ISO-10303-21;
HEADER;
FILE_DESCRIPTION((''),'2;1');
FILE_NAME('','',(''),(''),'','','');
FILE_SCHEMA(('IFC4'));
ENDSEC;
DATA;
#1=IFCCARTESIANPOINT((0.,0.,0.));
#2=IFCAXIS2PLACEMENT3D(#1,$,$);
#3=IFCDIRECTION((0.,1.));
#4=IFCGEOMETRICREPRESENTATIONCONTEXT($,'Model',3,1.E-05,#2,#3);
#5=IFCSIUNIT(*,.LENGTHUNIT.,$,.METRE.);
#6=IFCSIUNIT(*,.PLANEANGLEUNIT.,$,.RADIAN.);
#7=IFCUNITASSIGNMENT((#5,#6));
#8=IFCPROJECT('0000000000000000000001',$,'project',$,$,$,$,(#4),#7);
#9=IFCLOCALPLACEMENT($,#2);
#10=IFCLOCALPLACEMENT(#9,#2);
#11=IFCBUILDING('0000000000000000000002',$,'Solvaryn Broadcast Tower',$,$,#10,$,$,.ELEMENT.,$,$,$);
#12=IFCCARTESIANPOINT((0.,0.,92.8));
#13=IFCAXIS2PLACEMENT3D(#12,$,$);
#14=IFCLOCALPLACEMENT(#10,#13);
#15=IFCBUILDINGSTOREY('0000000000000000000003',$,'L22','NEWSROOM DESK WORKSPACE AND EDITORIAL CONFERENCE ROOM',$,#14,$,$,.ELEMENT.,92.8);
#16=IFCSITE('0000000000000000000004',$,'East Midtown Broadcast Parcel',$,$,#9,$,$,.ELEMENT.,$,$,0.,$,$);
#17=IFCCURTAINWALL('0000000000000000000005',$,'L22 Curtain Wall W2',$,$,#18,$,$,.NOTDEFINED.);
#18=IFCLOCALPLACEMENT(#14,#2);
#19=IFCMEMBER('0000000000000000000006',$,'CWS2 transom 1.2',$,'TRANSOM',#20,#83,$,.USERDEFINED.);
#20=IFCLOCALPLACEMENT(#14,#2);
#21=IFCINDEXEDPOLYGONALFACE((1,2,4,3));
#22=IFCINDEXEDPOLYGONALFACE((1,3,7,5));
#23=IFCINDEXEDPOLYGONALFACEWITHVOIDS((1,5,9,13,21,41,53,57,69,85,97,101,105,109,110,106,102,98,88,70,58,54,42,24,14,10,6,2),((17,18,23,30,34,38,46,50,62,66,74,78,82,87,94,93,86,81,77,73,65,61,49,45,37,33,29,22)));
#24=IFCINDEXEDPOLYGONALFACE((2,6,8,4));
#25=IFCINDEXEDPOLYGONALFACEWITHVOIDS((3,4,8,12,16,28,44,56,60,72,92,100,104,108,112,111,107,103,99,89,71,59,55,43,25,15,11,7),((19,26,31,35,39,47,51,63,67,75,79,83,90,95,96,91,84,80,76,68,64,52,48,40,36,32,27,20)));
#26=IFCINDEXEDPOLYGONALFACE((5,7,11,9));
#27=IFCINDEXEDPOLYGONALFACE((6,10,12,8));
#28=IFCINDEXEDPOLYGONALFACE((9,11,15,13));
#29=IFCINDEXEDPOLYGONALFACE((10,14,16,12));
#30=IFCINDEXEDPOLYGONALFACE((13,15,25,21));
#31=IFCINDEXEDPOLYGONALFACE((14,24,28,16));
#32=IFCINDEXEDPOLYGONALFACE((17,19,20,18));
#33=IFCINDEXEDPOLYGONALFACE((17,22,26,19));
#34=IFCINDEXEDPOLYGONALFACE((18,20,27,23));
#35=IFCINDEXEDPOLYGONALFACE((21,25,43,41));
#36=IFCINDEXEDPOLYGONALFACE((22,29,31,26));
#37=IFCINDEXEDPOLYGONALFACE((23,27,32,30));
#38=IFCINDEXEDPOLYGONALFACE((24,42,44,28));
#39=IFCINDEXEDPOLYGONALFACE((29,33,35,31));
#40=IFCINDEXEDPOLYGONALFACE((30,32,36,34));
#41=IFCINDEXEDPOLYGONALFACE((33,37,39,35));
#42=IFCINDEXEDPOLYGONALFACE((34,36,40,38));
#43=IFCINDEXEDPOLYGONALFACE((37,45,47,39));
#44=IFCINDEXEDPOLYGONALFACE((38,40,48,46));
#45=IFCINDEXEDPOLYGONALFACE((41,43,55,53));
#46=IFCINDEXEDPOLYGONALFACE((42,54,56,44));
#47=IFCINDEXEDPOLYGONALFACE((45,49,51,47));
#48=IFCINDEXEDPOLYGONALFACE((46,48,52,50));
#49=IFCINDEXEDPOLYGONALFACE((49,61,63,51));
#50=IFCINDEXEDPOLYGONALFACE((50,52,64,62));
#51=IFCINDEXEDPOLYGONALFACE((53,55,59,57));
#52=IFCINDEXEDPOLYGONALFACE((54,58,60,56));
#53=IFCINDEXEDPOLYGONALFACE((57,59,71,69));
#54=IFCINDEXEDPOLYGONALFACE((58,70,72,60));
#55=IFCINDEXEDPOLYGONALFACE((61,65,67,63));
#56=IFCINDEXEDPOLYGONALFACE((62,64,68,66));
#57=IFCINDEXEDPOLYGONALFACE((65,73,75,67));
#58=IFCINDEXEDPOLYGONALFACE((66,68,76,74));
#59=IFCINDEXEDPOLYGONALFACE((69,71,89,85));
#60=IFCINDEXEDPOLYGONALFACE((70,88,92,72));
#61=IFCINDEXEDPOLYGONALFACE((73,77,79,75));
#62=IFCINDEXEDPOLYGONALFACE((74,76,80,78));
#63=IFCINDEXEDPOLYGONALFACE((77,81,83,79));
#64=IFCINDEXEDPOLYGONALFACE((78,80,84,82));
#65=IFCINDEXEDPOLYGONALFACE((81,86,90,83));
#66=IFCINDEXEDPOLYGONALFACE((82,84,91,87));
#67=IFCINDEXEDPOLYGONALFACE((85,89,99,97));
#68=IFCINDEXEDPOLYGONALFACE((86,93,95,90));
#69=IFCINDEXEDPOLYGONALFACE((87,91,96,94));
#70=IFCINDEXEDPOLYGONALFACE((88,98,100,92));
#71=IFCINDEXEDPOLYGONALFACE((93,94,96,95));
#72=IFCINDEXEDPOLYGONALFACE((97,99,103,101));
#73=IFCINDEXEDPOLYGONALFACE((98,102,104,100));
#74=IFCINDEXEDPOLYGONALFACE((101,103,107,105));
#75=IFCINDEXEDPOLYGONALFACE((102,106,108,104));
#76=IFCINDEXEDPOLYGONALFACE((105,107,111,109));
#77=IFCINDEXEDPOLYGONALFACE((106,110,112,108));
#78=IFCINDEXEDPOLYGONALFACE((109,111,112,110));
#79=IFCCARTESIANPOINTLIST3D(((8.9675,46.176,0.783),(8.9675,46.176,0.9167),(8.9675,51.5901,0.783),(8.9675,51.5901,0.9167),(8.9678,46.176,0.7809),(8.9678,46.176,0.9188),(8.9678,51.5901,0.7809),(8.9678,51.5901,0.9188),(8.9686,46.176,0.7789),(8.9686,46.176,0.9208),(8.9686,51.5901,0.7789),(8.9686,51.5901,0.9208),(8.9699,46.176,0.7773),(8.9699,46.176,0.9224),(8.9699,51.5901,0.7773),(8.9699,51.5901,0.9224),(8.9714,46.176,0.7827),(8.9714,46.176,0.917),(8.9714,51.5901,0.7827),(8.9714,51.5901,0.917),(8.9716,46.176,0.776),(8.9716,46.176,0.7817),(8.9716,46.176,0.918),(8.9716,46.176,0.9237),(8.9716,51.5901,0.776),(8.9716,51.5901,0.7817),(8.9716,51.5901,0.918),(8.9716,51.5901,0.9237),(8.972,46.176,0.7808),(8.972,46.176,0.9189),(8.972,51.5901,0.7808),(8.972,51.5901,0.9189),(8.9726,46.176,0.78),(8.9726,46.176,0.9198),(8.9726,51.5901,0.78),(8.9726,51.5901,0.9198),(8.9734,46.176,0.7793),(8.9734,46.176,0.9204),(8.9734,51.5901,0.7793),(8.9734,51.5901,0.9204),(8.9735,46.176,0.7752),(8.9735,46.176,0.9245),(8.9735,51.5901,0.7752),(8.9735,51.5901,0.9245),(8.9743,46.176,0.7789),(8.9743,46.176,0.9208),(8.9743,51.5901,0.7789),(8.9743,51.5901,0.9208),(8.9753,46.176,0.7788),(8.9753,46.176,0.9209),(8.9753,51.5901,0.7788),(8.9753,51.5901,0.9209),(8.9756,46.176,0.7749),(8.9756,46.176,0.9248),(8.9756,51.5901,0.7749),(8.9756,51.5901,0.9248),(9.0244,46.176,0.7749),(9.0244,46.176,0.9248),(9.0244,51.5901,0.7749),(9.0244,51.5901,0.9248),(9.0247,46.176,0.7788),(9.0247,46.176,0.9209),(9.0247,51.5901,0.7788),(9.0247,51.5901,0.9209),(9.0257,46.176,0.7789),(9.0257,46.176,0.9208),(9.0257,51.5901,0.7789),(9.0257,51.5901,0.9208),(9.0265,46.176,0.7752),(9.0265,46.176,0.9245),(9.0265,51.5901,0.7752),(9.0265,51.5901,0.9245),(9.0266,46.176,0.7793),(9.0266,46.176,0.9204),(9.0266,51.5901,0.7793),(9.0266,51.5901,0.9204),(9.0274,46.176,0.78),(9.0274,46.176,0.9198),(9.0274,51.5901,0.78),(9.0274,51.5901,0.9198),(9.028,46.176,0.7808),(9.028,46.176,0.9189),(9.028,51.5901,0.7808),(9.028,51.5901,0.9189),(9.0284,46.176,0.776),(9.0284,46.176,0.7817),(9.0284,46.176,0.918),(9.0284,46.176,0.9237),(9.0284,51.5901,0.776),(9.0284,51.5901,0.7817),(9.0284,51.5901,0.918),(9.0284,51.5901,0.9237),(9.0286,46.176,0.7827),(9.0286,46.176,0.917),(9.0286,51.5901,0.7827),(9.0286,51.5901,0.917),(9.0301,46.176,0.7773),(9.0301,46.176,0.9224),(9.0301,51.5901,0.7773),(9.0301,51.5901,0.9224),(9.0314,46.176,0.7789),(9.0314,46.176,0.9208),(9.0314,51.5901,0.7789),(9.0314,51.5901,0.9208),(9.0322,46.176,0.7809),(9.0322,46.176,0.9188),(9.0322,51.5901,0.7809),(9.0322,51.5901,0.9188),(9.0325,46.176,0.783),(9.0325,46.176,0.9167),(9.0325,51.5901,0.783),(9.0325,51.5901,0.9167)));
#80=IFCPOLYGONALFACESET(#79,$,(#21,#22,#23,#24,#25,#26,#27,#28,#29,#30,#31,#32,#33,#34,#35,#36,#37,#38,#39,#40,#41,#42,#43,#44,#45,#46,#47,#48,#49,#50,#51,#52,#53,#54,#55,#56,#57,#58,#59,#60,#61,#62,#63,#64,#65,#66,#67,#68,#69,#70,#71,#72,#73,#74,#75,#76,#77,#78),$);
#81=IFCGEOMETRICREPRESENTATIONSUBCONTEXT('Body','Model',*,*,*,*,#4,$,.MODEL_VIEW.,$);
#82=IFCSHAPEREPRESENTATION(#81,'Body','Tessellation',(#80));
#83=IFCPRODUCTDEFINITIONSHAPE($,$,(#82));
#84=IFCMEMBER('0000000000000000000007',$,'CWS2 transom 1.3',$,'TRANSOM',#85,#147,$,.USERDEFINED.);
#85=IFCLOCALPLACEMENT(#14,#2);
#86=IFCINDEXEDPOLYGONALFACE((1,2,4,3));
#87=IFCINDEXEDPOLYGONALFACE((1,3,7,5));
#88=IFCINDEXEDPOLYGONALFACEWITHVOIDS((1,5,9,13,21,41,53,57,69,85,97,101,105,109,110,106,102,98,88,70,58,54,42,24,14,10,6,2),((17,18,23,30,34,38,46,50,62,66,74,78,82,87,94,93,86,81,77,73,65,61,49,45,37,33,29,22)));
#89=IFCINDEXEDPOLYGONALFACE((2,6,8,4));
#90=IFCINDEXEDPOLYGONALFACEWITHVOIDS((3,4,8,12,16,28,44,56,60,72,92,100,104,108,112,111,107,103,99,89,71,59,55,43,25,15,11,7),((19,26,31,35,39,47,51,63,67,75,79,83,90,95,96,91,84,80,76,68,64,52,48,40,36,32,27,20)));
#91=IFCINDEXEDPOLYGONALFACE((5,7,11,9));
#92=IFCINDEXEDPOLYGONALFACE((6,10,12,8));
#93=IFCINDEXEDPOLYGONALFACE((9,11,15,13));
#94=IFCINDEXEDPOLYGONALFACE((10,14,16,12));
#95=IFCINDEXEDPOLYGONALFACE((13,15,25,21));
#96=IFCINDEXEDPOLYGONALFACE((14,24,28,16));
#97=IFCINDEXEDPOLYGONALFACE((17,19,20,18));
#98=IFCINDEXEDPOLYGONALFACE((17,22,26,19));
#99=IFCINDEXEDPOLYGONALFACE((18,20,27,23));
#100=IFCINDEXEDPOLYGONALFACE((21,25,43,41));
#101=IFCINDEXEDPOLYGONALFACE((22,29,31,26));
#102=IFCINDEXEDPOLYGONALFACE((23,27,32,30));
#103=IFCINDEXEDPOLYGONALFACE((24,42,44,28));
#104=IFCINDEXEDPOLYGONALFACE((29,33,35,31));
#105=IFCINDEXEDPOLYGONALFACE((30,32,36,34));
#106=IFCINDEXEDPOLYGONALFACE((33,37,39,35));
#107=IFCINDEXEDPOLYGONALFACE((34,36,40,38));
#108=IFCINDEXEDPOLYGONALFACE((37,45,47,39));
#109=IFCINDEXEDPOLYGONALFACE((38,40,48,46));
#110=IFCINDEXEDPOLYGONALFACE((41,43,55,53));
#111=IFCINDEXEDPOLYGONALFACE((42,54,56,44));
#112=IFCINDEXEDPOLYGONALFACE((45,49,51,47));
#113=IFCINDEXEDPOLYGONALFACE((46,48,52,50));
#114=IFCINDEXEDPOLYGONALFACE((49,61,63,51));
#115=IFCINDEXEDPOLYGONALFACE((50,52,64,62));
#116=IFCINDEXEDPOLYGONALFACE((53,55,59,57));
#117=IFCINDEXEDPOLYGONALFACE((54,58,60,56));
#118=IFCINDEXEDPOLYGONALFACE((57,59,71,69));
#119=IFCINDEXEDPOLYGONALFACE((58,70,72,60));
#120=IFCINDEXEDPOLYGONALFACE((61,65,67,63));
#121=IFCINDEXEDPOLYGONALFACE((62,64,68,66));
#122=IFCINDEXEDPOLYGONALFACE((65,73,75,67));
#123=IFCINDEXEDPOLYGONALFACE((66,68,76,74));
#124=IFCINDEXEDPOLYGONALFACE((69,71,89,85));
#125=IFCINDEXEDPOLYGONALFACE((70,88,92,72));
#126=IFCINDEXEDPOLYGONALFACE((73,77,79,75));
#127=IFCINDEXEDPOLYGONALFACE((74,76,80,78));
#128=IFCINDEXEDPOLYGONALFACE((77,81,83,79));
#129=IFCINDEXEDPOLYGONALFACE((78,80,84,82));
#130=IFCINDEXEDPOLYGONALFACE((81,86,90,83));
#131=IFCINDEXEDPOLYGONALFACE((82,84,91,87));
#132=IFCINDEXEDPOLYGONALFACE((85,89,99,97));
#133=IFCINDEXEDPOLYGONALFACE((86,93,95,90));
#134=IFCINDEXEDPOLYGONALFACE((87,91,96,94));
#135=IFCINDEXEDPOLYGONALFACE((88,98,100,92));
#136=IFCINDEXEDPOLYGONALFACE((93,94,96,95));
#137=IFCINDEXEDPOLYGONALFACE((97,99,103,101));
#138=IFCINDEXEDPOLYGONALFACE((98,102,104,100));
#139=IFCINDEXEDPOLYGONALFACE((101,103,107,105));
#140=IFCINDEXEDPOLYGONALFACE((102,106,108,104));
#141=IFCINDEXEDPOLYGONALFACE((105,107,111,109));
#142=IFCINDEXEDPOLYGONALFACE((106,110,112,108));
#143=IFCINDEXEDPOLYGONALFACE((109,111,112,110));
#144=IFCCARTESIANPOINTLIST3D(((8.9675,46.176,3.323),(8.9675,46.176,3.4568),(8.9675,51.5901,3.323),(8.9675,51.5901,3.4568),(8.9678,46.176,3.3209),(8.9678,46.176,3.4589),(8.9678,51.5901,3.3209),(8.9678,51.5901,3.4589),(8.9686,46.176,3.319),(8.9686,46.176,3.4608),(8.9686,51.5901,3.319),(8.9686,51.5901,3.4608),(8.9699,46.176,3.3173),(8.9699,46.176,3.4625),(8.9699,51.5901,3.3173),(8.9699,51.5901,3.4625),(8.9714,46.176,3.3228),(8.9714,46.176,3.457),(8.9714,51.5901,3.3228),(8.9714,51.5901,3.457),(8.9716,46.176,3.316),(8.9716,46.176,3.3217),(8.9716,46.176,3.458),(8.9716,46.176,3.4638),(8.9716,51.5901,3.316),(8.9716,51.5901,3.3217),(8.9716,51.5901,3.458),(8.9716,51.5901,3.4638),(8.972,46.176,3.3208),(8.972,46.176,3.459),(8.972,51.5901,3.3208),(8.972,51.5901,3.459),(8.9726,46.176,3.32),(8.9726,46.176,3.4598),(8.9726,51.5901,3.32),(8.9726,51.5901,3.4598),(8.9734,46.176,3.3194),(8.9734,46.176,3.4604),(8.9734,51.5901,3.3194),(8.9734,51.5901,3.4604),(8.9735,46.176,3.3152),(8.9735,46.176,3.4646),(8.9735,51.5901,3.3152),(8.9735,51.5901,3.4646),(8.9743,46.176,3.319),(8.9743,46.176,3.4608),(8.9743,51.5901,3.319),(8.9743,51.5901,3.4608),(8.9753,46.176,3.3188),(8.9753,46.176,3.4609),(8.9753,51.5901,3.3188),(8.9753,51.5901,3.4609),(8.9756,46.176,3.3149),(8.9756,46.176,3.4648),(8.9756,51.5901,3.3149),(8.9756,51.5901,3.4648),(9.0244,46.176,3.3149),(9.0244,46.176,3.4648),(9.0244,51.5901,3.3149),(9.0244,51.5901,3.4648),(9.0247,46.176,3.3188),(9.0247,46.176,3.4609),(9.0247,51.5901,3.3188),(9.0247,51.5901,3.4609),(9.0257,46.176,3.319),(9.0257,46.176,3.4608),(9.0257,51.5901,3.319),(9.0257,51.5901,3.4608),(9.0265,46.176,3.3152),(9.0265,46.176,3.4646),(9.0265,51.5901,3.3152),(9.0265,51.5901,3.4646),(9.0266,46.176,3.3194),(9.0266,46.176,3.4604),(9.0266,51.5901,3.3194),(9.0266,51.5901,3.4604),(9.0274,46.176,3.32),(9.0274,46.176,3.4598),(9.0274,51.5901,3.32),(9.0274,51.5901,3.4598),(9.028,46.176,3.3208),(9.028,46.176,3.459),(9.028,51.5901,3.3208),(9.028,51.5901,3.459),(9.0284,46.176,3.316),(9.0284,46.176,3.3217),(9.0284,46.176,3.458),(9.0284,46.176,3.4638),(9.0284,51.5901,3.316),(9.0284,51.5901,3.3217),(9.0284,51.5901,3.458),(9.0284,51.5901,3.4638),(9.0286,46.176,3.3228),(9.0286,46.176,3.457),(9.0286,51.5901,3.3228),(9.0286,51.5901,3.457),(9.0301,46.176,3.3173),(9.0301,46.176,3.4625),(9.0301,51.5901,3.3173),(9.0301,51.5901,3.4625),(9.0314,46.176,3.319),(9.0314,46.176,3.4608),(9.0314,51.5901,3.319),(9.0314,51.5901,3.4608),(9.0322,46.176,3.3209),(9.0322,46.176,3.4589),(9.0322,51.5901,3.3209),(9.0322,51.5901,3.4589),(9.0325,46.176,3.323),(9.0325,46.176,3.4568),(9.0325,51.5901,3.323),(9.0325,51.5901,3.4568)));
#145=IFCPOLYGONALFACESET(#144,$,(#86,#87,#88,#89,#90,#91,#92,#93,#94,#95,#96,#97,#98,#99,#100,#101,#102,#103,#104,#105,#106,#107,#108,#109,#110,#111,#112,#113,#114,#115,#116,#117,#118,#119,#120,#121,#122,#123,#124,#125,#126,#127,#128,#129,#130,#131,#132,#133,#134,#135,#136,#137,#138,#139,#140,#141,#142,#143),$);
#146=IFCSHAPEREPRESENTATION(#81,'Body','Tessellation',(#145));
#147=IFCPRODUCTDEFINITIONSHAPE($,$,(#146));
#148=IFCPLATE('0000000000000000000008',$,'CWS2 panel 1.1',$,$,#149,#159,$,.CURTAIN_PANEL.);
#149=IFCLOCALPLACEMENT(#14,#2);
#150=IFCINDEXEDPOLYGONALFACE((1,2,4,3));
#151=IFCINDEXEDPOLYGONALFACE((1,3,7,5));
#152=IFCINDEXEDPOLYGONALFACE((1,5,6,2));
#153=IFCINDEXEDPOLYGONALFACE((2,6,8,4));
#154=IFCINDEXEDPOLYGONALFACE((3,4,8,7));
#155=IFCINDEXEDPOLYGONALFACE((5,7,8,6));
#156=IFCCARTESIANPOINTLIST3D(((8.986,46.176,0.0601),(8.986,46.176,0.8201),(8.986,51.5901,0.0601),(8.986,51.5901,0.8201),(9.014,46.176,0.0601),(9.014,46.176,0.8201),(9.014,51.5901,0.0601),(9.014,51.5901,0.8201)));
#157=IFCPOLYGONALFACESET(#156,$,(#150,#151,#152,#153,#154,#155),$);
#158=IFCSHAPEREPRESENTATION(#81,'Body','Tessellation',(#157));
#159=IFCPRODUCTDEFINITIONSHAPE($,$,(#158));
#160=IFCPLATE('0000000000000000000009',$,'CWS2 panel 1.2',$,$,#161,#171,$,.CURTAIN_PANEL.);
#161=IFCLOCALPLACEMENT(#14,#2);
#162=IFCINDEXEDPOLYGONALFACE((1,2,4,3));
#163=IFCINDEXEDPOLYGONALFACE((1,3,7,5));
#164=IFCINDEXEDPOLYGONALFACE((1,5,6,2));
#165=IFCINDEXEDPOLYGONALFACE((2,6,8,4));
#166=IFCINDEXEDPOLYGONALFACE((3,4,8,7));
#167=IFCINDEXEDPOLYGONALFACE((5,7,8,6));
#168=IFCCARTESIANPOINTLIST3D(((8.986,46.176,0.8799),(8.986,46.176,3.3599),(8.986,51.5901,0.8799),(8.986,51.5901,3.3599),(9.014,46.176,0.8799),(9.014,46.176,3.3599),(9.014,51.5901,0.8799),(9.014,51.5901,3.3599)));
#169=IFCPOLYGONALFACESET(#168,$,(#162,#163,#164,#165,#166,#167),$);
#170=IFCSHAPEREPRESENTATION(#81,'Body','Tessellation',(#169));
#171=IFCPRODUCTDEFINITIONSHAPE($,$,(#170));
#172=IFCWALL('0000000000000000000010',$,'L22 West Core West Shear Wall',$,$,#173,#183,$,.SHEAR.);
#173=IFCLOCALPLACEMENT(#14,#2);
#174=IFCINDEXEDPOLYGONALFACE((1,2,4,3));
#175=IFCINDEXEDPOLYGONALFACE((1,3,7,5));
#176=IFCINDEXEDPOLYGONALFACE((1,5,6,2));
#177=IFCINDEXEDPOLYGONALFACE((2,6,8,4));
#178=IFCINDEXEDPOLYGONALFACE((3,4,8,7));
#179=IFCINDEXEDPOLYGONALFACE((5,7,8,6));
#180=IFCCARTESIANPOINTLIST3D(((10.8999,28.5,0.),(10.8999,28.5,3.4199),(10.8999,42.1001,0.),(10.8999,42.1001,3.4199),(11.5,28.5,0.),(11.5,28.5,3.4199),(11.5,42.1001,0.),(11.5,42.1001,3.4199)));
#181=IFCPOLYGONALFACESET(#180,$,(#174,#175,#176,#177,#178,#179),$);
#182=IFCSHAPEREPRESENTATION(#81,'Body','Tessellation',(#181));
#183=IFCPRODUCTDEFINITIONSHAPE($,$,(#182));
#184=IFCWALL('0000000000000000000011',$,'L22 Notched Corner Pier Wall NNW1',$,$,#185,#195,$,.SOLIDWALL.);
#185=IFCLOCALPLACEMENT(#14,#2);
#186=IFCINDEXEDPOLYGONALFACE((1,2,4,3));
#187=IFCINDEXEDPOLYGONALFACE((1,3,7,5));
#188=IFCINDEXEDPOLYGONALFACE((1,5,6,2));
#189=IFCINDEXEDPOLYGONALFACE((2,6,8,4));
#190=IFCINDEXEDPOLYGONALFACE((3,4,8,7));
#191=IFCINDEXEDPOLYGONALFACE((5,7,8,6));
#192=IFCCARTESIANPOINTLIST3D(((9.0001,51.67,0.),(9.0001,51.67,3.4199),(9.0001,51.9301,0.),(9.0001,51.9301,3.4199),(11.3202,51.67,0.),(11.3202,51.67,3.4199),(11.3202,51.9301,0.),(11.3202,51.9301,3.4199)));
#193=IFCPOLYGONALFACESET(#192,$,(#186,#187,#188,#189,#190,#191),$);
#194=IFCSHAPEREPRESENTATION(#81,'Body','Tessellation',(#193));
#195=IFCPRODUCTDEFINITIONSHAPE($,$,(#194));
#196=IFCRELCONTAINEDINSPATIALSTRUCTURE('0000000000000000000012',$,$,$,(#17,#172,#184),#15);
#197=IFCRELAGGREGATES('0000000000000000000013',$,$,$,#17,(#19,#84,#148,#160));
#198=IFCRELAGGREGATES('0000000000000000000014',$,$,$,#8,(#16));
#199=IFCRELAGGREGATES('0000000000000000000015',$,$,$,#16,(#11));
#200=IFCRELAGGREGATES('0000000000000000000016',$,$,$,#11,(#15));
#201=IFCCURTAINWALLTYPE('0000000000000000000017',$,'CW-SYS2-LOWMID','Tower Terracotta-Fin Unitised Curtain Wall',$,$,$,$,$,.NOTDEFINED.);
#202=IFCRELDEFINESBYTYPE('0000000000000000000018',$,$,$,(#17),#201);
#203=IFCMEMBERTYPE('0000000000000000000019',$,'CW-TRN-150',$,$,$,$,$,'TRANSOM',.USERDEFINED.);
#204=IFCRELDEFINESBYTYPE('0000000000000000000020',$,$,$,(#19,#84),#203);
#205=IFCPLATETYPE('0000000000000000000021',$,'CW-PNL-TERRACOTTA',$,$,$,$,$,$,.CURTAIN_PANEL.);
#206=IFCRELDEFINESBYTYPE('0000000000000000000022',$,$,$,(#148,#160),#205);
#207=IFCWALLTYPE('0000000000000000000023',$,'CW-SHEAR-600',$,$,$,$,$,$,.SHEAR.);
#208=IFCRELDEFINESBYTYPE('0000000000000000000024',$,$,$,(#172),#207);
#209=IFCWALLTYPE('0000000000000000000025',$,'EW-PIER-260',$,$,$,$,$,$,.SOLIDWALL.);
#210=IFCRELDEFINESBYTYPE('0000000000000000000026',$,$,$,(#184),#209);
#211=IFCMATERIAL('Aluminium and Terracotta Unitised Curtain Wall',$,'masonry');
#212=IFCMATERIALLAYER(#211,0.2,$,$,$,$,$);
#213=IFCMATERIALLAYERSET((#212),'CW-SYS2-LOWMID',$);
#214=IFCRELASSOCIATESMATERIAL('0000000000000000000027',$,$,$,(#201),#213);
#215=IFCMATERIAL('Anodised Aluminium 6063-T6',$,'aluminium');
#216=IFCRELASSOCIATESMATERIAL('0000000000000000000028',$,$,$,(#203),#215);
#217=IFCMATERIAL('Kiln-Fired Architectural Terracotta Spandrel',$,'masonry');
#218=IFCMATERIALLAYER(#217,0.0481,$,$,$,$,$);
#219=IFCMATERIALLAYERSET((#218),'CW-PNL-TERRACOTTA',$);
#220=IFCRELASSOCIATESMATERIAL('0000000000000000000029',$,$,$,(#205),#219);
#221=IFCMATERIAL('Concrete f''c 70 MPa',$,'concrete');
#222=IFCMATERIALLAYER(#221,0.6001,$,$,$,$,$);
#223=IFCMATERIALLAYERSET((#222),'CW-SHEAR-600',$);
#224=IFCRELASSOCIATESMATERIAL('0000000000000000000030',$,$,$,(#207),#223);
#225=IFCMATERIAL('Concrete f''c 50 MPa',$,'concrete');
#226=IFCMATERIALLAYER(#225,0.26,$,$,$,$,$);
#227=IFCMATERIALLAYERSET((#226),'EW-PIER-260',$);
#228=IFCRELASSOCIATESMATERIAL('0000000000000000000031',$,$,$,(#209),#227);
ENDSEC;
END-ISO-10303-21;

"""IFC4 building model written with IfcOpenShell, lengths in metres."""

from ifc_helpers import new_model, si_unit, direction, frame, frame_2d, origin, origin_2d, place, context, subcontext, project, spatial, rectangle, hollow_rectangle, extrude, material, layer, layer_set, material_profile, profile_set, type_object, element, aggregate, save


model = new_model("IFC4")

# Units and contexts
model_context = context("Model", 3, precision=1e-05, world=origin(), true_north=direction((0.0, 1.0)))
body_context = subcontext(model_context, "Body", "Model", "MODEL_VIEW")
ifc_project = project(units=[si_unit("LENGTHUNIT", "METRE"), si_unit("PLANEANGLEUNIT", "RADIAN")], contexts=[model_context])

# Site, building, storey
site_placement = place(None, origin())
site = spatial("IfcSite", under=ifc_project, at=site_placement, Name="East Midtown Broadcast Parcel", CompositionType="ELEMENT", RefElevation=0.0)
building_placement = place(site_placement, origin())
building = spatial("IfcBuilding", under=site, at=building_placement, Name="Solvaryn Broadcast Tower", CompositionType="ELEMENT")
storey_placement = place(building_placement, frame((0.0, 0.0, 92.8)))
storey = spatial("IfcBuildingStorey", under=building, at=storey_placement, Name="L22", Description="NEWSROOM DESK WORKSPACE AND EDITORIAL CONFERENCE ROOM", CompositionType="ELEMENT", Elevation=92.8)

# Shared definitions
ifc_material_1 = material(Name="Aluminium and Terracotta Unitised Curtain Wall", Category="masonry")
ifc_layer_1 = layer(ifc_material_1, 0.2)
ifc_layer_set_1 = layer_set([ifc_layer_1], Name="CW-SYS2-LOWMID")
curtain_wall_type = type_object("IfcCurtainWallType", Name="CW-SYS2-LOWMID", Description="Tower Terracotta-Fin Unitised Curtain Wall", PredefinedType="NOTDEFINED", material=ifc_layer_set_1)

# Curtain wall
curtain_wall_1_placement = place(storey_placement, origin())
curtain_wall_1 = element("IfcCurtainWall", 1, at=curtain_wall_1_placement, inside=storey, type_object=curtain_wall_type, Name="L22 Curtain Wall W2", PredefinedType="NOTDEFINED")

# Members
ifc_material_2 = material(Name="Anodised Aluminium 6063-T6", Category="aluminium")
ifc_material_profile_1 = material_profile(ifc_material_2, hollow_rectangle(XDim=0.0649, YDim=0.1499, WallThickness=0.0039, InnerFilletRadius=0.0039, OuterFilletRadius=0.0081, at=origin_2d()))
ifc_profile_set_1 = profile_set([ifc_material_profile_1], Name="Anodised Aluminium 6063-T6")
member_type_1 = type_object("IfcMemberType", Name="CW-TRN-150", ElementType="TRANSOM", PredefinedType="USERDEFINED", material=ifc_profile_set_1)
member_1_placement = place(storey_placement, frame((9.0, 46.176, 0.8499), z_axis=(0.0, 1.0, 0.0), x_axis=(-1.0, 0.0, 0.0)))
member_1 = element("IfcMember", 2, at=member_1_placement, type_object=member_type_1, Name="CWS2 transom 1.2", ObjectType="TRANSOM", PredefinedType="USERDEFINED", context=body_context, shape_type="SweptSolid", body=[
    extrude(hollow_rectangle(XDim=0.0649, YDim=0.1499, WallThickness=0.0039, InnerFilletRadius=0.0039, OuterFilletRadius=0.0081, at=origin_2d()), origin(), (0.0, 0.0, 1.0), 5.4141),
])
member_2_placement = place(storey_placement, frame((9.0, 46.176, 3.3899), z_axis=(0.0, 1.0, 0.0), x_axis=(-1.0, 0.0, 0.0)))
member_2 = element("IfcMember", 3, at=member_2_placement, type_object=member_type_1, Name="CWS2 transom 1.3", ObjectType="TRANSOM", PredefinedType="USERDEFINED", context=body_context, shape_type="SweptSolid", body=[
    extrude(hollow_rectangle(XDim=0.0649, YDim=0.1499, WallThickness=0.0039, InnerFilletRadius=0.0039, OuterFilletRadius=0.0081, at=origin_2d()), origin(), (0.0, 0.0, 1.0), 5.4141),
])

# Plates
ifc_material_3 = material(Name="Kiln-Fired Architectural Terracotta Spandrel", Category="masonry")
ifc_layer_2 = layer(ifc_material_3, 0.0481)
ifc_layer_set_2 = layer_set([ifc_layer_2], Name="CW-PNL-TERRACOTTA")
plate_type = type_object("IfcPlateType", Name="CW-PNL-TERRACOTTA", PredefinedType="CURTAIN_PANEL", material=ifc_layer_set_2)
plate_1_placement = place(storey_placement, frame((9.0, 48.8831, 0.0601), z_axis=(0.0, 0.0, 1.0), x_axis=(0.0, 1.0, 0.0)))
plate_1 = element("IfcPlate", 4, at=plate_1_placement, type_object=plate_type, Name="CWS2 panel 1.1", PredefinedType="CURTAIN_PANEL", context=body_context, shape_type="SweptSolid", body=[
    extrude(rectangle(XDim=5.4141, YDim=0.0281, at=origin_2d()), origin(), (0.0, 0.0, 1.0), 0.76),
])
plate_2_placement = place(storey_placement, frame((9.0, 48.8831, 0.8799), z_axis=(0.0, 0.0, 1.0), x_axis=(0.0, 1.0, 0.0)))
plate_2 = element("IfcPlate", 5, at=plate_2_placement, type_object=plate_type, Name="CWS2 panel 1.2", PredefinedType="CURTAIN_PANEL", context=body_context, shape_type="SweptSolid", body=[
    extrude(rectangle(XDim=5.4141, YDim=0.0281, at=origin_2d()), origin(), (0.0, 0.0, 1.0), 2.48),
])
aggregate(curtain_wall_1, [member_1, member_2, plate_1, plate_2])

# Walls
ifc_material_4 = material(Name="Concrete f'c 70 MPa", Category="concrete")
ifc_layer_3 = layer(ifc_material_4, 0.6001)
ifc_layer_set_3 = layer_set([ifc_layer_3], Name="CW-SHEAR-600")
wall_type_1 = type_object("IfcWallType", Name="CW-SHEAR-600", PredefinedType="SHEAR", material=ifc_layer_set_3)
wall_1_placement = place(storey_placement, frame((11.2, 42.1001, 0.0), z_axis=(0.0, 0.0, 1.0), x_axis=(0.0, -1.0, 0.0)))
element("IfcWall", 6, at=wall_1_placement, inside=storey, type_object=wall_type_1, Name="L22 West Core West Shear Wall", PredefinedType="SHEAR", context=body_context, shape_type="SweptSolid", body=[
    extrude(rectangle(XDim=13.6001, YDim=0.6001, at=frame_2d((6.8, 0.0))), origin(), (0.0, 0.0, 1.0), 3.4199),
])
ifc_material_5 = material(Name="Concrete f'c 50 MPa", Category="concrete")
ifc_layer_4 = layer(ifc_material_5, 0.26)
ifc_layer_set_4 = layer_set([ifc_layer_4], Name="EW-PIER-260")
wall_type_2 = type_object("IfcWallType", Name="EW-PIER-260", PredefinedType="SOLIDWALL", material=ifc_layer_set_4)
wall_2_placement = place(storey_placement, frame((9.0, 51.8, 0.0), z_axis=(0.0, 0.0, 1.0), x_axis=(1.0, 0.0, 0.0)))
element("IfcWall", 7, at=wall_2_placement, inside=storey, type_object=wall_type_2, Name="L22 Notched Corner Pier Wall NNW1", PredefinedType="SOLIDWALL", context=body_context, shape_type="SweptSolid", body=[
    extrude(rectangle(XDim=2.3201, YDim=0.26, at=frame_2d((1.1602, 0.0))), origin(), (0.0, 0.0, 1.0), 3.4199),
])

save(model, "model.ifc")
